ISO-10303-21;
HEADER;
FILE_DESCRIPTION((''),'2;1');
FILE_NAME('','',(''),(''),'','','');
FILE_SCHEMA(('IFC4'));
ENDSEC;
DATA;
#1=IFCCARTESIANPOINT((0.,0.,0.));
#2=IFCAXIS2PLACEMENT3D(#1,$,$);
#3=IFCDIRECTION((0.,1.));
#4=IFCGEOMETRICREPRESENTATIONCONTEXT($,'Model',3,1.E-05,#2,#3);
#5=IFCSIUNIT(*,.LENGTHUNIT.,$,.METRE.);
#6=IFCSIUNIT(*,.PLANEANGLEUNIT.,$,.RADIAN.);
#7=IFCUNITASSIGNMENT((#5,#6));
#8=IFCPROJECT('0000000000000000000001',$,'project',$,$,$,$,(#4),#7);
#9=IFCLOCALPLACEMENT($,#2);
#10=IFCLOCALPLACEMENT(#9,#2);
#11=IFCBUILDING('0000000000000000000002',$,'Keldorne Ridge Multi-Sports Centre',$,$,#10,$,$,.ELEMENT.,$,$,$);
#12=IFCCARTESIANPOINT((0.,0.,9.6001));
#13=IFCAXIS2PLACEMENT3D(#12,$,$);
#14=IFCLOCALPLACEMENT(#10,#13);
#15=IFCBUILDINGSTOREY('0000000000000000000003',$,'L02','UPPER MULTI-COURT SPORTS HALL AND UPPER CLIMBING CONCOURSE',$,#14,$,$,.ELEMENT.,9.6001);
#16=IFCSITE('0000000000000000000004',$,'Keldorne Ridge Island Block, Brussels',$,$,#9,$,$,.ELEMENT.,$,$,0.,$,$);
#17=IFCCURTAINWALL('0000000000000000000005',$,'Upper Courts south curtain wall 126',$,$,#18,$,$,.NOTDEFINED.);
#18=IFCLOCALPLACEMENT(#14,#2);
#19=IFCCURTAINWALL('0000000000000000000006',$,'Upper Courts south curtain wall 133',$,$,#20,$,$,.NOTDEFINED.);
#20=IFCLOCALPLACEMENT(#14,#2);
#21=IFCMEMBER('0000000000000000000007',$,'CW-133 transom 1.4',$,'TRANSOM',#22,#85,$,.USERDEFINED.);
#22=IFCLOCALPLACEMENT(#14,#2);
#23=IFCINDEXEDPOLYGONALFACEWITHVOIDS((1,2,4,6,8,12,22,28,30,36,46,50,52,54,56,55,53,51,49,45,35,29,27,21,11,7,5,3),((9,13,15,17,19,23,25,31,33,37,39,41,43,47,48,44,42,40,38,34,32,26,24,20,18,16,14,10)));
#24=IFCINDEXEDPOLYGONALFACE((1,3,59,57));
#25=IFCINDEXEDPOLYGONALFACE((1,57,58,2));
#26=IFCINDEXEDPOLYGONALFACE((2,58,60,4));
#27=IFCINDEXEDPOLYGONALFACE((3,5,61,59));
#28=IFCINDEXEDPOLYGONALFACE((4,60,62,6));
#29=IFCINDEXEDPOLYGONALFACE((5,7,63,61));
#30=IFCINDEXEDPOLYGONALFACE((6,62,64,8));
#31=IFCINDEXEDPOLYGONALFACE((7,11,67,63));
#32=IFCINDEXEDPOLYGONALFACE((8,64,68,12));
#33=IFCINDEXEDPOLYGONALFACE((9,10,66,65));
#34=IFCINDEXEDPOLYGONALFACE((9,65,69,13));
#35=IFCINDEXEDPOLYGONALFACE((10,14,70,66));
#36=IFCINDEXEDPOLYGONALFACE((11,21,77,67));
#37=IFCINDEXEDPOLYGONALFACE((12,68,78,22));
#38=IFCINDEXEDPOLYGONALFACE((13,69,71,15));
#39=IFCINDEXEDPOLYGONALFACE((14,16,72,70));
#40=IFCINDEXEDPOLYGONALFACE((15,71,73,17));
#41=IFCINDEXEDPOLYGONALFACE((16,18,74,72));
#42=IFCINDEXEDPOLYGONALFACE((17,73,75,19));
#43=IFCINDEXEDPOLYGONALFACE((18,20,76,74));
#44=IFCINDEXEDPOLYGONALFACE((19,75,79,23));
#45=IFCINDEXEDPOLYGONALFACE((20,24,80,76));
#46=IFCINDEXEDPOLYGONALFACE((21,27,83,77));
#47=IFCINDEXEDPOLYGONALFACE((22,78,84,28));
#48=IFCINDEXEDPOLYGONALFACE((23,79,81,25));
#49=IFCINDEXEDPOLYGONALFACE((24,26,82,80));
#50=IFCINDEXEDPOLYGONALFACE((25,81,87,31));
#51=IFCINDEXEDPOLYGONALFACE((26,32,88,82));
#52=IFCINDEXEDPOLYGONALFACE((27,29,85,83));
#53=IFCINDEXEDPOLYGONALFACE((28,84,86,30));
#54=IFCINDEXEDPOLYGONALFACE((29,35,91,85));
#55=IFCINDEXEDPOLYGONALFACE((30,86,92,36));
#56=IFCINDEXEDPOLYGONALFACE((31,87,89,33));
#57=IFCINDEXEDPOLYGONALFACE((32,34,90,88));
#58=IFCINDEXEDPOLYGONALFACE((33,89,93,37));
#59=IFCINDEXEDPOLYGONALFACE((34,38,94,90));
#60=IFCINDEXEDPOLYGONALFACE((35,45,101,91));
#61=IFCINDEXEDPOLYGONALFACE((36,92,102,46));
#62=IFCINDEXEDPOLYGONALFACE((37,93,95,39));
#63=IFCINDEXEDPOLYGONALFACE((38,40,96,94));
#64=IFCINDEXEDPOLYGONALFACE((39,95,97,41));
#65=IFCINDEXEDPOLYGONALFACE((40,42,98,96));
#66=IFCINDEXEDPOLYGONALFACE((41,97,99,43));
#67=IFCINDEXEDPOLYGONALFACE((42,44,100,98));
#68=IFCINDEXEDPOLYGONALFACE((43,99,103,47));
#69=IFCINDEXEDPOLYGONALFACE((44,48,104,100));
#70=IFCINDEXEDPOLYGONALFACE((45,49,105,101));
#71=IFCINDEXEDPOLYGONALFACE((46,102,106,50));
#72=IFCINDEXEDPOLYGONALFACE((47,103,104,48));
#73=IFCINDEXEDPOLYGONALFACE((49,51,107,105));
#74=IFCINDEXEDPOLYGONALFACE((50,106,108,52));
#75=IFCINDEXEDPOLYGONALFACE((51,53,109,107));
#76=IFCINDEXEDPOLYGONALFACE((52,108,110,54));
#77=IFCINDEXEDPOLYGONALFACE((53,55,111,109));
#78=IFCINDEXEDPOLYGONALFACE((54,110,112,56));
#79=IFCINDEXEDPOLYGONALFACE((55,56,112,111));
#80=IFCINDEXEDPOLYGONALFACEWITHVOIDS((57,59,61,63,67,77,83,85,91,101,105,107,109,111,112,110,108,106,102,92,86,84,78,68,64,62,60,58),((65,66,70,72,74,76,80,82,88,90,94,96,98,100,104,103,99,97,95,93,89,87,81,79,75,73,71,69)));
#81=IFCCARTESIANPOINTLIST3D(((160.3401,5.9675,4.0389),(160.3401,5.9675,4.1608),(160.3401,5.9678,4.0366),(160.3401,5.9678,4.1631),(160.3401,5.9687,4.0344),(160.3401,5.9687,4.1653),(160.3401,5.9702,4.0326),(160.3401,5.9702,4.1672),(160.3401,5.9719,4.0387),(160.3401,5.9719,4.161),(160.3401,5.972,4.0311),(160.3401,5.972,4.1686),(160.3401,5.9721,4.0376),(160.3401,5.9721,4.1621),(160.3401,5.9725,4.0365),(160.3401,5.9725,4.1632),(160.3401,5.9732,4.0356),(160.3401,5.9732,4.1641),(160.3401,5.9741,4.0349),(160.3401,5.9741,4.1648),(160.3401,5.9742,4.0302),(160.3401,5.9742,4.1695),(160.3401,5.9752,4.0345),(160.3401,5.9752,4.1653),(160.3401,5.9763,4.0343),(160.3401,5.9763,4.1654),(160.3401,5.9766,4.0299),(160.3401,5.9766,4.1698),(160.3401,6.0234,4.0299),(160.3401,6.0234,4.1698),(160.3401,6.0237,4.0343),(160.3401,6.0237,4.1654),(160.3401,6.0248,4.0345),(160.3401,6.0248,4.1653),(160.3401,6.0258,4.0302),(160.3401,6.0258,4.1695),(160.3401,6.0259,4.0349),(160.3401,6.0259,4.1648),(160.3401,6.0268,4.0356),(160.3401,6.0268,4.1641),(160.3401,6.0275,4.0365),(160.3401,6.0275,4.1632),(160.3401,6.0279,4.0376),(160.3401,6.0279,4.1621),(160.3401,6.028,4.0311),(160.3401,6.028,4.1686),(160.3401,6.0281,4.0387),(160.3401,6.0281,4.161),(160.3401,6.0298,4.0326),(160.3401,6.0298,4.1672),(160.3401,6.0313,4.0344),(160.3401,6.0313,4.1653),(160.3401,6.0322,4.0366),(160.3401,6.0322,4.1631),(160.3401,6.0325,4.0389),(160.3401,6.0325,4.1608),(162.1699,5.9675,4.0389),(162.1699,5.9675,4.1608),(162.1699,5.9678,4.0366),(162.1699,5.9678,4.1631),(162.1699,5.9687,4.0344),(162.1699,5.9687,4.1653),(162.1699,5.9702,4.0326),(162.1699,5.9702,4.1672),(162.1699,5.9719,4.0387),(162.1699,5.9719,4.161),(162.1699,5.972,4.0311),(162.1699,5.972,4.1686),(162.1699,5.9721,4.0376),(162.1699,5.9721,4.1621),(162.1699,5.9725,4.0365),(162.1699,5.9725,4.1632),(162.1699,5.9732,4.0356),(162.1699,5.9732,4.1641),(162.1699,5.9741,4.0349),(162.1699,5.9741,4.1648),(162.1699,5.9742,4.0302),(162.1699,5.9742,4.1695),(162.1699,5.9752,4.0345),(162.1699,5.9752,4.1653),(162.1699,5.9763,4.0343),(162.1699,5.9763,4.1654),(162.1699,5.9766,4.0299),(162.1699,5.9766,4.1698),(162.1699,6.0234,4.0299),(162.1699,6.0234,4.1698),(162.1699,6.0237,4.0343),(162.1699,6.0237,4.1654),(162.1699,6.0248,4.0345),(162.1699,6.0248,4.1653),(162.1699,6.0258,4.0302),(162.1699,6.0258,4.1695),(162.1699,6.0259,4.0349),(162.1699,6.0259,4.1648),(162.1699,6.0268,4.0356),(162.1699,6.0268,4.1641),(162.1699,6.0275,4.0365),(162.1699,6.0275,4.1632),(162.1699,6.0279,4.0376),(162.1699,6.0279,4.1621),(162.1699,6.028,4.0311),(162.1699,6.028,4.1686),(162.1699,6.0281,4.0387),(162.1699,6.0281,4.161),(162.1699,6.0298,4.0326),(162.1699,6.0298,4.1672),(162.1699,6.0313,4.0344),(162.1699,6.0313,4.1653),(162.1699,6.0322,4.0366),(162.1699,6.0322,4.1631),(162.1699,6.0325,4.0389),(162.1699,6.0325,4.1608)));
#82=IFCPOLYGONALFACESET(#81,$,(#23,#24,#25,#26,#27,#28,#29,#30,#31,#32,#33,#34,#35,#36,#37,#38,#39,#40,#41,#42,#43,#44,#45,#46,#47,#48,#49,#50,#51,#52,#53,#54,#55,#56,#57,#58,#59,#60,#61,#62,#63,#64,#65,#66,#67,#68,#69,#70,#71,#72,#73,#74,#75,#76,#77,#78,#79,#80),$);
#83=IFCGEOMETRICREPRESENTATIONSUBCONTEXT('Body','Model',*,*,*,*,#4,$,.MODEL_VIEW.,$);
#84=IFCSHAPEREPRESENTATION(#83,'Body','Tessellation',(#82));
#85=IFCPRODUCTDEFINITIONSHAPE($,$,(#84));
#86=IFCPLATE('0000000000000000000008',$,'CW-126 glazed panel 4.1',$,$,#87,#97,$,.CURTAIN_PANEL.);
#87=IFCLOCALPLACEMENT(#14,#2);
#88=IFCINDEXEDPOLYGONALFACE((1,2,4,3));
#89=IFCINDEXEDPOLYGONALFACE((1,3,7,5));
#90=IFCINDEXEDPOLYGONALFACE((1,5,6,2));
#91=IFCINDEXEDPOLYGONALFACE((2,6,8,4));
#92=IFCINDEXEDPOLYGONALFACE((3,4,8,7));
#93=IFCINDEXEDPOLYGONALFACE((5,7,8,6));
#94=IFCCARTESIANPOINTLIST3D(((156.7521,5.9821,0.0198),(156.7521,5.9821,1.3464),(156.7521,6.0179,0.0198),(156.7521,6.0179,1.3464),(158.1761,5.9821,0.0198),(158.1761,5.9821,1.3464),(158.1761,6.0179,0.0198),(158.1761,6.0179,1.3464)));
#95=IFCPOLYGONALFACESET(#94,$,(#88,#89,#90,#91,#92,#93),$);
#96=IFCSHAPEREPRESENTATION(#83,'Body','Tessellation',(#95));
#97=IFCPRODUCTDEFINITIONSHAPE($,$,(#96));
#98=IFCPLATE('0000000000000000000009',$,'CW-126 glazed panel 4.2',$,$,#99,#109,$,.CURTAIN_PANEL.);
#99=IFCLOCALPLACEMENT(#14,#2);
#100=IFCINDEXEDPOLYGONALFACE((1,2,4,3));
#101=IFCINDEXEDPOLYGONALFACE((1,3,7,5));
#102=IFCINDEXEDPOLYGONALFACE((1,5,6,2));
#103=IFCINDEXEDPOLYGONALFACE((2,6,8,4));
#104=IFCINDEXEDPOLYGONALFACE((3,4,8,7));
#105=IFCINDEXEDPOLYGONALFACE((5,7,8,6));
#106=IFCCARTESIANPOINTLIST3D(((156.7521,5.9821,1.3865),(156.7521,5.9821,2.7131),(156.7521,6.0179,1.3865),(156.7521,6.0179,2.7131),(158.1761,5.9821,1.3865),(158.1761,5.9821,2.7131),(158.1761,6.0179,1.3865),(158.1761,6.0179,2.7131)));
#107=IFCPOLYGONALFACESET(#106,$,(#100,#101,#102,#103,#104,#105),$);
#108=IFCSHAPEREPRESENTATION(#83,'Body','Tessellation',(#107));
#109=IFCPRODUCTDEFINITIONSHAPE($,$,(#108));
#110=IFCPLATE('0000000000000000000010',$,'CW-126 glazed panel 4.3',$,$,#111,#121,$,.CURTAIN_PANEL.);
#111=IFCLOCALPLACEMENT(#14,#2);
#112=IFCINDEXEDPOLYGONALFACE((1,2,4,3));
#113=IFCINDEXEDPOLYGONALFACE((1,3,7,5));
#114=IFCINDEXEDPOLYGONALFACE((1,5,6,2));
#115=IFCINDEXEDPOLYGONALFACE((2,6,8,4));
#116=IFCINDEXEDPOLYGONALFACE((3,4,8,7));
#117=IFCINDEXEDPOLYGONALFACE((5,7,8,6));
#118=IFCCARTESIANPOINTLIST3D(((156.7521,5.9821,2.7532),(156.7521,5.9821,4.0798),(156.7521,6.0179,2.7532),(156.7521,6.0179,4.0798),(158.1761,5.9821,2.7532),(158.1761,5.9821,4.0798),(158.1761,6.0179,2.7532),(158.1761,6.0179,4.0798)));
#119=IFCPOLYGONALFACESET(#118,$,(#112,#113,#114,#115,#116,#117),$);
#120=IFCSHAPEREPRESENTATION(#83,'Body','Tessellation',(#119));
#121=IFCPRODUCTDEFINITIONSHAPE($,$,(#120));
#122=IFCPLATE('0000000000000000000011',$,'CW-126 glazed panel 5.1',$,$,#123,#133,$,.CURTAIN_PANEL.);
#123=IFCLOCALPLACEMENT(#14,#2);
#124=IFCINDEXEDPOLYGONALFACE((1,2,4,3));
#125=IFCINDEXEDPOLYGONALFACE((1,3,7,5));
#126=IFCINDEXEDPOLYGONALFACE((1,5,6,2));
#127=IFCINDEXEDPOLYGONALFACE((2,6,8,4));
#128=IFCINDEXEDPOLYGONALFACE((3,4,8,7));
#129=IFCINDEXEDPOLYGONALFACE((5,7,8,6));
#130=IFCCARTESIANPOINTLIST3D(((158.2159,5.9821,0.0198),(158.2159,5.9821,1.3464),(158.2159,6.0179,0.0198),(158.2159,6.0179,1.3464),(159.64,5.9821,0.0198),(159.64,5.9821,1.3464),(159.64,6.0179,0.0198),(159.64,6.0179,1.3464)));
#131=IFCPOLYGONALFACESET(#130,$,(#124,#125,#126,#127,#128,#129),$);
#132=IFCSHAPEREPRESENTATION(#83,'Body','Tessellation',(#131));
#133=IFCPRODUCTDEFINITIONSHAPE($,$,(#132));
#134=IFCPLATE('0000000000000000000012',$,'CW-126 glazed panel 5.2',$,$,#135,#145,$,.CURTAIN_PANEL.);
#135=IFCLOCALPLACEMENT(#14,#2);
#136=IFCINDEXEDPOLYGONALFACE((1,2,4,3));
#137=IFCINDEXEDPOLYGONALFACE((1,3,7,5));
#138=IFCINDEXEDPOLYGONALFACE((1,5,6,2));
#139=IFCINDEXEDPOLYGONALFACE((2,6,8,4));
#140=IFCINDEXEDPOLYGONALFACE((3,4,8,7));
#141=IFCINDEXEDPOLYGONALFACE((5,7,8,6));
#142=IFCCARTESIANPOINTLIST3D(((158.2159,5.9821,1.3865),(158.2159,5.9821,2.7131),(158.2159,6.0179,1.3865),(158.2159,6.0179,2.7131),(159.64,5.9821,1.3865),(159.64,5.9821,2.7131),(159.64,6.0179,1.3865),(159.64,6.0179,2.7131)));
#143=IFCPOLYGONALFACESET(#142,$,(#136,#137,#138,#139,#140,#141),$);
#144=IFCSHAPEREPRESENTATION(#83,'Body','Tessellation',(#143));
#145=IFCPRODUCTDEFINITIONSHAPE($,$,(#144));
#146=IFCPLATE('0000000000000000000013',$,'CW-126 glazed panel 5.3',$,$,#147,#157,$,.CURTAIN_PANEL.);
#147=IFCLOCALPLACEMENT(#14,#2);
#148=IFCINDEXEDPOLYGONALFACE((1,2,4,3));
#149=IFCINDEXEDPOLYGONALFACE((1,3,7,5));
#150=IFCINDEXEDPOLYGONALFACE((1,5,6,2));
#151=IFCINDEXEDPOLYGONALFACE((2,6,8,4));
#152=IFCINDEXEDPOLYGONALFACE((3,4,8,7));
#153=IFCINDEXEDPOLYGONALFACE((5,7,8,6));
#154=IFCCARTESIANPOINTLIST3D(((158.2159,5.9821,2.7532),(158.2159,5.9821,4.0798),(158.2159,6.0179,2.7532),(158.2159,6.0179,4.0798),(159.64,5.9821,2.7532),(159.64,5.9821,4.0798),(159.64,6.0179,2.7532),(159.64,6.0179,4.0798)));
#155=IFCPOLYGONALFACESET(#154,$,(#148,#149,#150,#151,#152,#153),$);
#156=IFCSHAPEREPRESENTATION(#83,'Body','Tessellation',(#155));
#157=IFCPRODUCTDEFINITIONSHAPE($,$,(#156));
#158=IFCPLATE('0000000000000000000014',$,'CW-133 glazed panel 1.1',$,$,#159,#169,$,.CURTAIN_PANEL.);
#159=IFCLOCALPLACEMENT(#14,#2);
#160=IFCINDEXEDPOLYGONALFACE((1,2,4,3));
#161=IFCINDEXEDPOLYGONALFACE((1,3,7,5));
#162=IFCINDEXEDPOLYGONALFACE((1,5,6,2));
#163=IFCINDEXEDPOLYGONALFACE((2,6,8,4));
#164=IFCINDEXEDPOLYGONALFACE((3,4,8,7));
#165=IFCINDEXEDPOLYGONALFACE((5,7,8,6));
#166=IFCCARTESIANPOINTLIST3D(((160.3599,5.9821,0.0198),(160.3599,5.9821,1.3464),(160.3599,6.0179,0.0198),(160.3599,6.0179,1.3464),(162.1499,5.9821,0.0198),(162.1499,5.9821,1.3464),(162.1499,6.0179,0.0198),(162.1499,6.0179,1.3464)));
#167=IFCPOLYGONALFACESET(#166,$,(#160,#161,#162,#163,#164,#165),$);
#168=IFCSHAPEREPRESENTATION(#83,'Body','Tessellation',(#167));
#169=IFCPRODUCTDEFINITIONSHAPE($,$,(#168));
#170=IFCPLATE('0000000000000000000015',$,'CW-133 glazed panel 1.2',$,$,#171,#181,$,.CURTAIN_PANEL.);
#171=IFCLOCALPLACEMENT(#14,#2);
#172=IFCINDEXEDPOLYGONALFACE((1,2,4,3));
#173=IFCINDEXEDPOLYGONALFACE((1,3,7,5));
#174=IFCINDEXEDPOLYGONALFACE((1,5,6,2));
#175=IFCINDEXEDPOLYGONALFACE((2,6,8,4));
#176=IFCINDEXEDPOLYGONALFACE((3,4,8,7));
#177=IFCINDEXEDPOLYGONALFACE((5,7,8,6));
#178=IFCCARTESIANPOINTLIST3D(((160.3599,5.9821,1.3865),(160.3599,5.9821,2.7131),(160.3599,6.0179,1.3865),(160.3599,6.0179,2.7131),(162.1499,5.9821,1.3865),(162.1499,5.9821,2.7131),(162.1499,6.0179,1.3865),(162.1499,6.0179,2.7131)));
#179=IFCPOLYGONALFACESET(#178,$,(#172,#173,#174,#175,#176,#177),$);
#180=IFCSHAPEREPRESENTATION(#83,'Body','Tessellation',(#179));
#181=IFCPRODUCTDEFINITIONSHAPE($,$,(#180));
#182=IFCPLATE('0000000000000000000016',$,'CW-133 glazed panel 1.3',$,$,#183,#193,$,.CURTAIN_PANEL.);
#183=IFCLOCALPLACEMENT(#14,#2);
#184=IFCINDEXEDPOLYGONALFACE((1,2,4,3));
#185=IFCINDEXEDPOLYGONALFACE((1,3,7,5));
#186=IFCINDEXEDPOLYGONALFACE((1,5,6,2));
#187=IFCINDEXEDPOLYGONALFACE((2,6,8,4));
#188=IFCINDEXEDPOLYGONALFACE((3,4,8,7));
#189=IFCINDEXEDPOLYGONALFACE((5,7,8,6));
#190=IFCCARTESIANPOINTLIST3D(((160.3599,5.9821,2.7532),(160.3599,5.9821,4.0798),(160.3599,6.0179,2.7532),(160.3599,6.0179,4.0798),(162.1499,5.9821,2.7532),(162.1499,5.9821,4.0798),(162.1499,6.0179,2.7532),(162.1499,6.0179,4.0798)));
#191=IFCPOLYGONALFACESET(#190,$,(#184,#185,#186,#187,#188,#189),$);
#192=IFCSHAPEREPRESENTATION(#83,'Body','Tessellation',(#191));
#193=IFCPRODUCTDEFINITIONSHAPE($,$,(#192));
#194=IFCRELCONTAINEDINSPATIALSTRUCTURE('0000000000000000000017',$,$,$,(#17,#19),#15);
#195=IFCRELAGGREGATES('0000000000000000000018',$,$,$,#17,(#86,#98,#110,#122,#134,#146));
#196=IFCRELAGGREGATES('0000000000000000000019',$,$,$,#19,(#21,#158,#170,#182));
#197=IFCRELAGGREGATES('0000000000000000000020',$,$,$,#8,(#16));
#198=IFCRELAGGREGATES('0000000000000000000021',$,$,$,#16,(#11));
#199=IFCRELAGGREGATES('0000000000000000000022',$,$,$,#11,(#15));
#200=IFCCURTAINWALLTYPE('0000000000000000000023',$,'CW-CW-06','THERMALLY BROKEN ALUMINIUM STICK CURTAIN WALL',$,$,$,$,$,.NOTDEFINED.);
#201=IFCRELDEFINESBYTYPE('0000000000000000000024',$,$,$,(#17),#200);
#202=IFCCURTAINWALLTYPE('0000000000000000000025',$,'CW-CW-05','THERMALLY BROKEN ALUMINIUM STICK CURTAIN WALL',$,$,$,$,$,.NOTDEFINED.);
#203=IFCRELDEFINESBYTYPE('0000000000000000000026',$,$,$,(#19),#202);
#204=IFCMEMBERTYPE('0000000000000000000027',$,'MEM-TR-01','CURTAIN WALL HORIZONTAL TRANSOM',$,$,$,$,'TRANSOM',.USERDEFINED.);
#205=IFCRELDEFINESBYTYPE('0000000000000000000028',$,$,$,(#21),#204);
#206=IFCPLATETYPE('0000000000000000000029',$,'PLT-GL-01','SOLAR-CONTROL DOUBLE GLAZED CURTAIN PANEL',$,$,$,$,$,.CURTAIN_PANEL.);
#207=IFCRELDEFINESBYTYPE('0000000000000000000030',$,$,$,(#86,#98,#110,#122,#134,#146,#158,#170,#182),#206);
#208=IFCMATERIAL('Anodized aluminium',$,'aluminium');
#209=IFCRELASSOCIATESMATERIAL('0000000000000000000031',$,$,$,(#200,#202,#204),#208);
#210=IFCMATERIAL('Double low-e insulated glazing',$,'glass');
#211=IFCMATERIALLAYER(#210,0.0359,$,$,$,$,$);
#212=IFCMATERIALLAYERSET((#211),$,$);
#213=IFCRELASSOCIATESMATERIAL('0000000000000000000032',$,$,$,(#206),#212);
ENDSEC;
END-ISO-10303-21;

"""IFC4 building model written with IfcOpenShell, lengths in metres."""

from ifc_helpers import new_model, si_unit, direction, frame, origin, origin_2d, place, context, subcontext, project, spatial, rectangle, hollow_rectangle, extrude, material, layer, layer_set, material_profile, profile_set, type_object, element, aggregate, save


model = new_model("IFC4")

# Units and contexts
model_context = context("Model", 3, precision=1e-05, world=origin(), true_north=direction((0.0, 1.0)))
body_context = subcontext(model_context, "Body", "Model", "MODEL_VIEW")
ifc_project = project(units=[si_unit("LENGTHUNIT", "METRE"), si_unit("PLANEANGLEUNIT", "RADIAN")], contexts=[model_context])

# Site, building, storey
site_placement = place(None, origin())
site = spatial("IfcSite", under=ifc_project, at=site_placement, Name="Keldorne Ridge Island Block, Brussels", CompositionType="ELEMENT", RefElevation=0.0)
building_placement = place(site_placement, origin())
building = spatial("IfcBuilding", under=site, at=building_placement, Name="Keldorne Ridge Multi-Sports Centre", CompositionType="ELEMENT")
storey_placement = place(building_placement, frame((0.0, 0.0, 9.6001)))
storey = spatial("IfcBuildingStorey", under=building, at=storey_placement, Name="L02", Description="UPPER MULTI-COURT SPORTS HALL AND UPPER CLIMBING CONCOURSE", CompositionType="ELEMENT", Elevation=9.6001)

# Curtain wall
ifc_material_1 = material(Name="Anodized aluminium", Category="aluminium")
curtain_wall_type_1 = type_object("IfcCurtainWallType", Name="CW-CW-06", Description="THERMALLY BROKEN ALUMINIUM STICK CURTAIN WALL", PredefinedType="NOTDEFINED", material=ifc_material_1)
curtain_wall_1_placement = place(storey_placement, origin())
curtain_wall_1 = element("IfcCurtainWall", 1, at=curtain_wall_1_placement, inside=storey, type_object=curtain_wall_type_1, Name="Upper Courts south curtain wall 126", PredefinedType="NOTDEFINED")

# Curtain wall
curtain_wall_type_2 = type_object("IfcCurtainWallType", Name="CW-CW-05", Description="THERMALLY BROKEN ALUMINIUM STICK CURTAIN WALL", PredefinedType="NOTDEFINED", material=ifc_material_1)
curtain_wall_2_placement = place(storey_placement, origin())
curtain_wall_2 = element("IfcCurtainWall", 2, at=curtain_wall_2_placement, inside=storey, type_object=curtain_wall_type_2, Name="Upper Courts south curtain wall 133", PredefinedType="NOTDEFINED")

# Member
ifc_material_profile_1 = material_profile(ifc_material_1, hollow_rectangle(XDim=0.0649, YDim=0.1399, WallThickness=0.0044, InnerFilletRadius=0.0044, OuterFilletRadius=0.009, at=origin_2d()), Name="ALU TRANSOM 140x65x4.5")
ifc_profile_set_1 = profile_set([ifc_material_profile_1], Name="Anodized aluminium")
member_type_1 = type_object("IfcMemberType", Name="MEM-TR-01", Description="CURTAIN WALL HORIZONTAL TRANSOM", ElementType="TRANSOM", PredefinedType="USERDEFINED", material=ifc_profile_set_1)
member_1_placement = place(storey_placement, frame((160.3401, 6.0, 4.0999), z_axis=(1.0, 0.0, 0.0), x_axis=(0.0, 1.0, 0.0)))
member_1 = element("IfcMember", 3, at=member_1_placement, type_object=member_type_1, Name="CW-133 transom 1.4", ObjectType="TRANSOM", PredefinedType="USERDEFINED", context=body_context, shape_type="SweptSolid", body=[
    extrude(hollow_rectangle(XDim=0.0649, YDim=0.1399, WallThickness=0.0044, InnerFilletRadius=0.0044, OuterFilletRadius=0.009, at=origin_2d()), origin(), (0.0, 0.0, 1.0), 1.8298),
])

# Plates
ifc_material_2 = material(Name="Double low-e insulated glazing", Category="glass")
ifc_layer = layer(ifc_material_2, 0.0359)
ifc_layer_set = layer_set([ifc_layer])
plate_type = type_object("IfcPlateType", Name="PLT-GL-01", Description="SOLAR-CONTROL DOUBLE GLAZED CURTAIN PANEL", PredefinedType="CURTAIN_PANEL", material=ifc_layer_set)
plate_1_placement = place(storey_placement, frame((157.4641, 6.0, 0.0198), z_axis=(0.0, 0.0, 1.0), x_axis=(1.0, 0.0, 0.0)))
plate_1 = element("IfcPlate", 4, at=plate_1_placement, type_object=plate_type, Name="CW-126 glazed panel 4.1", PredefinedType="CURTAIN_PANEL", context=body_context, shape_type="SweptSolid", body=[
    extrude(rectangle(XDim=1.4241, YDim=0.0359, at=origin_2d()), origin(), (0.0, 0.0, 1.0), 1.3267),
])
plate_2_placement = place(storey_placement, frame((157.4641, 6.0, 1.3865), z_axis=(0.0, 0.0, 1.0), x_axis=(1.0, 0.0, 0.0)))
plate_2 = element("IfcPlate", 5, at=plate_2_placement, type_object=plate_type, Name="CW-126 glazed panel 4.2", PredefinedType="CURTAIN_PANEL", context=body_context, shape_type="SweptSolid", body=[
    extrude(rectangle(XDim=1.4241, YDim=0.0359, at=origin_2d()), origin(), (0.0, 0.0, 1.0), 1.3267),
])
plate_3_placement = place(storey_placement, frame((157.4641, 6.0, 2.7532), z_axis=(0.0, 0.0, 1.0), x_axis=(1.0, 0.0, 0.0)))
plate_3 = element("IfcPlate", 6, at=plate_3_placement, type_object=plate_type, Name="CW-126 glazed panel 4.3", PredefinedType="CURTAIN_PANEL", context=body_context, shape_type="SweptSolid", body=[
    extrude(rectangle(XDim=1.4241, YDim=0.0359, at=origin_2d()), origin(), (0.0, 0.0, 1.0), 1.3267),
])
plate_4_placement = place(storey_placement, frame((158.928, 6.0, 0.0198), z_axis=(0.0, 0.0, 1.0), x_axis=(1.0, 0.0, 0.0)))
plate_4 = element("IfcPlate", 7, at=plate_4_placement, type_object=plate_type, Name="CW-126 glazed panel 5.1", PredefinedType="CURTAIN_PANEL", context=body_context, shape_type="SweptSolid", body=[
    extrude(rectangle(XDim=1.4241, YDim=0.0359, at=origin_2d()), origin(), (0.0, 0.0, 1.0), 1.3267),
])
plate_5_placement = place(storey_placement, frame((158.928, 6.0, 1.3865), z_axis=(0.0, 0.0, 1.0), x_axis=(1.0, 0.0, 0.0)))
plate_5 = element("IfcPlate", 8, at=plate_5_placement, type_object=plate_type, Name="CW-126 glazed panel 5.2", PredefinedType="CURTAIN_PANEL", context=body_context, shape_type="SweptSolid", body=[
    extrude(rectangle(XDim=1.4241, YDim=0.0359, at=origin_2d()), origin(), (0.0, 0.0, 1.0), 1.3267),
])
plate_6_placement = place(storey_placement, frame((158.928, 6.0, 2.7532), z_axis=(0.0, 0.0, 1.0), x_axis=(1.0, 0.0, 0.0)))
plate_6 = element("IfcPlate", 9, at=plate_6_placement, type_object=plate_type, Name="CW-126 glazed panel 5.3", PredefinedType="CURTAIN_PANEL", context=body_context, shape_type="SweptSolid", body=[
    extrude(rectangle(XDim=1.4241, YDim=0.0359, at=origin_2d()), origin(), (0.0, 0.0, 1.0), 1.3267),
])
aggregate(curtain_wall_1, [plate_1, plate_2, plate_3, plate_4, plate_5, plate_6])
plate_7_placement = place(storey_placement, frame((161.2549, 6.0, 0.0198), z_axis=(0.0, 0.0, 1.0), x_axis=(1.0, 0.0, 0.0)))
plate_7 = element("IfcPlate", 10, at=plate_7_placement, type_object=plate_type, Name="CW-133 glazed panel 1.1", PredefinedType="CURTAIN_PANEL", context=body_context, shape_type="SweptSolid", body=[
    extrude(rectangle(XDim=1.79, YDim=0.0359, at=origin_2d()), origin(), (0.0, 0.0, 1.0), 1.3267),
])
plate_8_placement = place(storey_placement, frame((161.2549, 6.0, 1.3865), z_axis=(0.0, 0.0, 1.0), x_axis=(1.0, 0.0, 0.0)))
plate_8 = element("IfcPlate", 11, at=plate_8_placement, type_object=plate_type, Name="CW-133 glazed panel 1.2", PredefinedType="CURTAIN_PANEL", context=body_context, shape_type="SweptSolid", body=[
    extrude(rectangle(XDim=1.79, YDim=0.0359, at=origin_2d()), origin(), (0.0, 0.0, 1.0), 1.3267),
])
plate_9_placement = place(storey_placement, frame((161.2549, 6.0, 2.7532), z_axis=(0.0, 0.0, 1.0), x_axis=(1.0, 0.0, 0.0)))
plate_9 = element("IfcPlate", 12, at=plate_9_placement, type_object=plate_type, Name="CW-133 glazed panel 1.3", PredefinedType="CURTAIN_PANEL", context=body_context, shape_type="SweptSolid", body=[
    extrude(rectangle(XDim=1.79, YDim=0.0359, at=origin_2d()), origin(), (0.0, 0.0, 1.0), 1.3267),
])
aggregate(curtain_wall_2, [member_1, plate_7, plate_8, plate_9])

save(model, "model.ifc")
